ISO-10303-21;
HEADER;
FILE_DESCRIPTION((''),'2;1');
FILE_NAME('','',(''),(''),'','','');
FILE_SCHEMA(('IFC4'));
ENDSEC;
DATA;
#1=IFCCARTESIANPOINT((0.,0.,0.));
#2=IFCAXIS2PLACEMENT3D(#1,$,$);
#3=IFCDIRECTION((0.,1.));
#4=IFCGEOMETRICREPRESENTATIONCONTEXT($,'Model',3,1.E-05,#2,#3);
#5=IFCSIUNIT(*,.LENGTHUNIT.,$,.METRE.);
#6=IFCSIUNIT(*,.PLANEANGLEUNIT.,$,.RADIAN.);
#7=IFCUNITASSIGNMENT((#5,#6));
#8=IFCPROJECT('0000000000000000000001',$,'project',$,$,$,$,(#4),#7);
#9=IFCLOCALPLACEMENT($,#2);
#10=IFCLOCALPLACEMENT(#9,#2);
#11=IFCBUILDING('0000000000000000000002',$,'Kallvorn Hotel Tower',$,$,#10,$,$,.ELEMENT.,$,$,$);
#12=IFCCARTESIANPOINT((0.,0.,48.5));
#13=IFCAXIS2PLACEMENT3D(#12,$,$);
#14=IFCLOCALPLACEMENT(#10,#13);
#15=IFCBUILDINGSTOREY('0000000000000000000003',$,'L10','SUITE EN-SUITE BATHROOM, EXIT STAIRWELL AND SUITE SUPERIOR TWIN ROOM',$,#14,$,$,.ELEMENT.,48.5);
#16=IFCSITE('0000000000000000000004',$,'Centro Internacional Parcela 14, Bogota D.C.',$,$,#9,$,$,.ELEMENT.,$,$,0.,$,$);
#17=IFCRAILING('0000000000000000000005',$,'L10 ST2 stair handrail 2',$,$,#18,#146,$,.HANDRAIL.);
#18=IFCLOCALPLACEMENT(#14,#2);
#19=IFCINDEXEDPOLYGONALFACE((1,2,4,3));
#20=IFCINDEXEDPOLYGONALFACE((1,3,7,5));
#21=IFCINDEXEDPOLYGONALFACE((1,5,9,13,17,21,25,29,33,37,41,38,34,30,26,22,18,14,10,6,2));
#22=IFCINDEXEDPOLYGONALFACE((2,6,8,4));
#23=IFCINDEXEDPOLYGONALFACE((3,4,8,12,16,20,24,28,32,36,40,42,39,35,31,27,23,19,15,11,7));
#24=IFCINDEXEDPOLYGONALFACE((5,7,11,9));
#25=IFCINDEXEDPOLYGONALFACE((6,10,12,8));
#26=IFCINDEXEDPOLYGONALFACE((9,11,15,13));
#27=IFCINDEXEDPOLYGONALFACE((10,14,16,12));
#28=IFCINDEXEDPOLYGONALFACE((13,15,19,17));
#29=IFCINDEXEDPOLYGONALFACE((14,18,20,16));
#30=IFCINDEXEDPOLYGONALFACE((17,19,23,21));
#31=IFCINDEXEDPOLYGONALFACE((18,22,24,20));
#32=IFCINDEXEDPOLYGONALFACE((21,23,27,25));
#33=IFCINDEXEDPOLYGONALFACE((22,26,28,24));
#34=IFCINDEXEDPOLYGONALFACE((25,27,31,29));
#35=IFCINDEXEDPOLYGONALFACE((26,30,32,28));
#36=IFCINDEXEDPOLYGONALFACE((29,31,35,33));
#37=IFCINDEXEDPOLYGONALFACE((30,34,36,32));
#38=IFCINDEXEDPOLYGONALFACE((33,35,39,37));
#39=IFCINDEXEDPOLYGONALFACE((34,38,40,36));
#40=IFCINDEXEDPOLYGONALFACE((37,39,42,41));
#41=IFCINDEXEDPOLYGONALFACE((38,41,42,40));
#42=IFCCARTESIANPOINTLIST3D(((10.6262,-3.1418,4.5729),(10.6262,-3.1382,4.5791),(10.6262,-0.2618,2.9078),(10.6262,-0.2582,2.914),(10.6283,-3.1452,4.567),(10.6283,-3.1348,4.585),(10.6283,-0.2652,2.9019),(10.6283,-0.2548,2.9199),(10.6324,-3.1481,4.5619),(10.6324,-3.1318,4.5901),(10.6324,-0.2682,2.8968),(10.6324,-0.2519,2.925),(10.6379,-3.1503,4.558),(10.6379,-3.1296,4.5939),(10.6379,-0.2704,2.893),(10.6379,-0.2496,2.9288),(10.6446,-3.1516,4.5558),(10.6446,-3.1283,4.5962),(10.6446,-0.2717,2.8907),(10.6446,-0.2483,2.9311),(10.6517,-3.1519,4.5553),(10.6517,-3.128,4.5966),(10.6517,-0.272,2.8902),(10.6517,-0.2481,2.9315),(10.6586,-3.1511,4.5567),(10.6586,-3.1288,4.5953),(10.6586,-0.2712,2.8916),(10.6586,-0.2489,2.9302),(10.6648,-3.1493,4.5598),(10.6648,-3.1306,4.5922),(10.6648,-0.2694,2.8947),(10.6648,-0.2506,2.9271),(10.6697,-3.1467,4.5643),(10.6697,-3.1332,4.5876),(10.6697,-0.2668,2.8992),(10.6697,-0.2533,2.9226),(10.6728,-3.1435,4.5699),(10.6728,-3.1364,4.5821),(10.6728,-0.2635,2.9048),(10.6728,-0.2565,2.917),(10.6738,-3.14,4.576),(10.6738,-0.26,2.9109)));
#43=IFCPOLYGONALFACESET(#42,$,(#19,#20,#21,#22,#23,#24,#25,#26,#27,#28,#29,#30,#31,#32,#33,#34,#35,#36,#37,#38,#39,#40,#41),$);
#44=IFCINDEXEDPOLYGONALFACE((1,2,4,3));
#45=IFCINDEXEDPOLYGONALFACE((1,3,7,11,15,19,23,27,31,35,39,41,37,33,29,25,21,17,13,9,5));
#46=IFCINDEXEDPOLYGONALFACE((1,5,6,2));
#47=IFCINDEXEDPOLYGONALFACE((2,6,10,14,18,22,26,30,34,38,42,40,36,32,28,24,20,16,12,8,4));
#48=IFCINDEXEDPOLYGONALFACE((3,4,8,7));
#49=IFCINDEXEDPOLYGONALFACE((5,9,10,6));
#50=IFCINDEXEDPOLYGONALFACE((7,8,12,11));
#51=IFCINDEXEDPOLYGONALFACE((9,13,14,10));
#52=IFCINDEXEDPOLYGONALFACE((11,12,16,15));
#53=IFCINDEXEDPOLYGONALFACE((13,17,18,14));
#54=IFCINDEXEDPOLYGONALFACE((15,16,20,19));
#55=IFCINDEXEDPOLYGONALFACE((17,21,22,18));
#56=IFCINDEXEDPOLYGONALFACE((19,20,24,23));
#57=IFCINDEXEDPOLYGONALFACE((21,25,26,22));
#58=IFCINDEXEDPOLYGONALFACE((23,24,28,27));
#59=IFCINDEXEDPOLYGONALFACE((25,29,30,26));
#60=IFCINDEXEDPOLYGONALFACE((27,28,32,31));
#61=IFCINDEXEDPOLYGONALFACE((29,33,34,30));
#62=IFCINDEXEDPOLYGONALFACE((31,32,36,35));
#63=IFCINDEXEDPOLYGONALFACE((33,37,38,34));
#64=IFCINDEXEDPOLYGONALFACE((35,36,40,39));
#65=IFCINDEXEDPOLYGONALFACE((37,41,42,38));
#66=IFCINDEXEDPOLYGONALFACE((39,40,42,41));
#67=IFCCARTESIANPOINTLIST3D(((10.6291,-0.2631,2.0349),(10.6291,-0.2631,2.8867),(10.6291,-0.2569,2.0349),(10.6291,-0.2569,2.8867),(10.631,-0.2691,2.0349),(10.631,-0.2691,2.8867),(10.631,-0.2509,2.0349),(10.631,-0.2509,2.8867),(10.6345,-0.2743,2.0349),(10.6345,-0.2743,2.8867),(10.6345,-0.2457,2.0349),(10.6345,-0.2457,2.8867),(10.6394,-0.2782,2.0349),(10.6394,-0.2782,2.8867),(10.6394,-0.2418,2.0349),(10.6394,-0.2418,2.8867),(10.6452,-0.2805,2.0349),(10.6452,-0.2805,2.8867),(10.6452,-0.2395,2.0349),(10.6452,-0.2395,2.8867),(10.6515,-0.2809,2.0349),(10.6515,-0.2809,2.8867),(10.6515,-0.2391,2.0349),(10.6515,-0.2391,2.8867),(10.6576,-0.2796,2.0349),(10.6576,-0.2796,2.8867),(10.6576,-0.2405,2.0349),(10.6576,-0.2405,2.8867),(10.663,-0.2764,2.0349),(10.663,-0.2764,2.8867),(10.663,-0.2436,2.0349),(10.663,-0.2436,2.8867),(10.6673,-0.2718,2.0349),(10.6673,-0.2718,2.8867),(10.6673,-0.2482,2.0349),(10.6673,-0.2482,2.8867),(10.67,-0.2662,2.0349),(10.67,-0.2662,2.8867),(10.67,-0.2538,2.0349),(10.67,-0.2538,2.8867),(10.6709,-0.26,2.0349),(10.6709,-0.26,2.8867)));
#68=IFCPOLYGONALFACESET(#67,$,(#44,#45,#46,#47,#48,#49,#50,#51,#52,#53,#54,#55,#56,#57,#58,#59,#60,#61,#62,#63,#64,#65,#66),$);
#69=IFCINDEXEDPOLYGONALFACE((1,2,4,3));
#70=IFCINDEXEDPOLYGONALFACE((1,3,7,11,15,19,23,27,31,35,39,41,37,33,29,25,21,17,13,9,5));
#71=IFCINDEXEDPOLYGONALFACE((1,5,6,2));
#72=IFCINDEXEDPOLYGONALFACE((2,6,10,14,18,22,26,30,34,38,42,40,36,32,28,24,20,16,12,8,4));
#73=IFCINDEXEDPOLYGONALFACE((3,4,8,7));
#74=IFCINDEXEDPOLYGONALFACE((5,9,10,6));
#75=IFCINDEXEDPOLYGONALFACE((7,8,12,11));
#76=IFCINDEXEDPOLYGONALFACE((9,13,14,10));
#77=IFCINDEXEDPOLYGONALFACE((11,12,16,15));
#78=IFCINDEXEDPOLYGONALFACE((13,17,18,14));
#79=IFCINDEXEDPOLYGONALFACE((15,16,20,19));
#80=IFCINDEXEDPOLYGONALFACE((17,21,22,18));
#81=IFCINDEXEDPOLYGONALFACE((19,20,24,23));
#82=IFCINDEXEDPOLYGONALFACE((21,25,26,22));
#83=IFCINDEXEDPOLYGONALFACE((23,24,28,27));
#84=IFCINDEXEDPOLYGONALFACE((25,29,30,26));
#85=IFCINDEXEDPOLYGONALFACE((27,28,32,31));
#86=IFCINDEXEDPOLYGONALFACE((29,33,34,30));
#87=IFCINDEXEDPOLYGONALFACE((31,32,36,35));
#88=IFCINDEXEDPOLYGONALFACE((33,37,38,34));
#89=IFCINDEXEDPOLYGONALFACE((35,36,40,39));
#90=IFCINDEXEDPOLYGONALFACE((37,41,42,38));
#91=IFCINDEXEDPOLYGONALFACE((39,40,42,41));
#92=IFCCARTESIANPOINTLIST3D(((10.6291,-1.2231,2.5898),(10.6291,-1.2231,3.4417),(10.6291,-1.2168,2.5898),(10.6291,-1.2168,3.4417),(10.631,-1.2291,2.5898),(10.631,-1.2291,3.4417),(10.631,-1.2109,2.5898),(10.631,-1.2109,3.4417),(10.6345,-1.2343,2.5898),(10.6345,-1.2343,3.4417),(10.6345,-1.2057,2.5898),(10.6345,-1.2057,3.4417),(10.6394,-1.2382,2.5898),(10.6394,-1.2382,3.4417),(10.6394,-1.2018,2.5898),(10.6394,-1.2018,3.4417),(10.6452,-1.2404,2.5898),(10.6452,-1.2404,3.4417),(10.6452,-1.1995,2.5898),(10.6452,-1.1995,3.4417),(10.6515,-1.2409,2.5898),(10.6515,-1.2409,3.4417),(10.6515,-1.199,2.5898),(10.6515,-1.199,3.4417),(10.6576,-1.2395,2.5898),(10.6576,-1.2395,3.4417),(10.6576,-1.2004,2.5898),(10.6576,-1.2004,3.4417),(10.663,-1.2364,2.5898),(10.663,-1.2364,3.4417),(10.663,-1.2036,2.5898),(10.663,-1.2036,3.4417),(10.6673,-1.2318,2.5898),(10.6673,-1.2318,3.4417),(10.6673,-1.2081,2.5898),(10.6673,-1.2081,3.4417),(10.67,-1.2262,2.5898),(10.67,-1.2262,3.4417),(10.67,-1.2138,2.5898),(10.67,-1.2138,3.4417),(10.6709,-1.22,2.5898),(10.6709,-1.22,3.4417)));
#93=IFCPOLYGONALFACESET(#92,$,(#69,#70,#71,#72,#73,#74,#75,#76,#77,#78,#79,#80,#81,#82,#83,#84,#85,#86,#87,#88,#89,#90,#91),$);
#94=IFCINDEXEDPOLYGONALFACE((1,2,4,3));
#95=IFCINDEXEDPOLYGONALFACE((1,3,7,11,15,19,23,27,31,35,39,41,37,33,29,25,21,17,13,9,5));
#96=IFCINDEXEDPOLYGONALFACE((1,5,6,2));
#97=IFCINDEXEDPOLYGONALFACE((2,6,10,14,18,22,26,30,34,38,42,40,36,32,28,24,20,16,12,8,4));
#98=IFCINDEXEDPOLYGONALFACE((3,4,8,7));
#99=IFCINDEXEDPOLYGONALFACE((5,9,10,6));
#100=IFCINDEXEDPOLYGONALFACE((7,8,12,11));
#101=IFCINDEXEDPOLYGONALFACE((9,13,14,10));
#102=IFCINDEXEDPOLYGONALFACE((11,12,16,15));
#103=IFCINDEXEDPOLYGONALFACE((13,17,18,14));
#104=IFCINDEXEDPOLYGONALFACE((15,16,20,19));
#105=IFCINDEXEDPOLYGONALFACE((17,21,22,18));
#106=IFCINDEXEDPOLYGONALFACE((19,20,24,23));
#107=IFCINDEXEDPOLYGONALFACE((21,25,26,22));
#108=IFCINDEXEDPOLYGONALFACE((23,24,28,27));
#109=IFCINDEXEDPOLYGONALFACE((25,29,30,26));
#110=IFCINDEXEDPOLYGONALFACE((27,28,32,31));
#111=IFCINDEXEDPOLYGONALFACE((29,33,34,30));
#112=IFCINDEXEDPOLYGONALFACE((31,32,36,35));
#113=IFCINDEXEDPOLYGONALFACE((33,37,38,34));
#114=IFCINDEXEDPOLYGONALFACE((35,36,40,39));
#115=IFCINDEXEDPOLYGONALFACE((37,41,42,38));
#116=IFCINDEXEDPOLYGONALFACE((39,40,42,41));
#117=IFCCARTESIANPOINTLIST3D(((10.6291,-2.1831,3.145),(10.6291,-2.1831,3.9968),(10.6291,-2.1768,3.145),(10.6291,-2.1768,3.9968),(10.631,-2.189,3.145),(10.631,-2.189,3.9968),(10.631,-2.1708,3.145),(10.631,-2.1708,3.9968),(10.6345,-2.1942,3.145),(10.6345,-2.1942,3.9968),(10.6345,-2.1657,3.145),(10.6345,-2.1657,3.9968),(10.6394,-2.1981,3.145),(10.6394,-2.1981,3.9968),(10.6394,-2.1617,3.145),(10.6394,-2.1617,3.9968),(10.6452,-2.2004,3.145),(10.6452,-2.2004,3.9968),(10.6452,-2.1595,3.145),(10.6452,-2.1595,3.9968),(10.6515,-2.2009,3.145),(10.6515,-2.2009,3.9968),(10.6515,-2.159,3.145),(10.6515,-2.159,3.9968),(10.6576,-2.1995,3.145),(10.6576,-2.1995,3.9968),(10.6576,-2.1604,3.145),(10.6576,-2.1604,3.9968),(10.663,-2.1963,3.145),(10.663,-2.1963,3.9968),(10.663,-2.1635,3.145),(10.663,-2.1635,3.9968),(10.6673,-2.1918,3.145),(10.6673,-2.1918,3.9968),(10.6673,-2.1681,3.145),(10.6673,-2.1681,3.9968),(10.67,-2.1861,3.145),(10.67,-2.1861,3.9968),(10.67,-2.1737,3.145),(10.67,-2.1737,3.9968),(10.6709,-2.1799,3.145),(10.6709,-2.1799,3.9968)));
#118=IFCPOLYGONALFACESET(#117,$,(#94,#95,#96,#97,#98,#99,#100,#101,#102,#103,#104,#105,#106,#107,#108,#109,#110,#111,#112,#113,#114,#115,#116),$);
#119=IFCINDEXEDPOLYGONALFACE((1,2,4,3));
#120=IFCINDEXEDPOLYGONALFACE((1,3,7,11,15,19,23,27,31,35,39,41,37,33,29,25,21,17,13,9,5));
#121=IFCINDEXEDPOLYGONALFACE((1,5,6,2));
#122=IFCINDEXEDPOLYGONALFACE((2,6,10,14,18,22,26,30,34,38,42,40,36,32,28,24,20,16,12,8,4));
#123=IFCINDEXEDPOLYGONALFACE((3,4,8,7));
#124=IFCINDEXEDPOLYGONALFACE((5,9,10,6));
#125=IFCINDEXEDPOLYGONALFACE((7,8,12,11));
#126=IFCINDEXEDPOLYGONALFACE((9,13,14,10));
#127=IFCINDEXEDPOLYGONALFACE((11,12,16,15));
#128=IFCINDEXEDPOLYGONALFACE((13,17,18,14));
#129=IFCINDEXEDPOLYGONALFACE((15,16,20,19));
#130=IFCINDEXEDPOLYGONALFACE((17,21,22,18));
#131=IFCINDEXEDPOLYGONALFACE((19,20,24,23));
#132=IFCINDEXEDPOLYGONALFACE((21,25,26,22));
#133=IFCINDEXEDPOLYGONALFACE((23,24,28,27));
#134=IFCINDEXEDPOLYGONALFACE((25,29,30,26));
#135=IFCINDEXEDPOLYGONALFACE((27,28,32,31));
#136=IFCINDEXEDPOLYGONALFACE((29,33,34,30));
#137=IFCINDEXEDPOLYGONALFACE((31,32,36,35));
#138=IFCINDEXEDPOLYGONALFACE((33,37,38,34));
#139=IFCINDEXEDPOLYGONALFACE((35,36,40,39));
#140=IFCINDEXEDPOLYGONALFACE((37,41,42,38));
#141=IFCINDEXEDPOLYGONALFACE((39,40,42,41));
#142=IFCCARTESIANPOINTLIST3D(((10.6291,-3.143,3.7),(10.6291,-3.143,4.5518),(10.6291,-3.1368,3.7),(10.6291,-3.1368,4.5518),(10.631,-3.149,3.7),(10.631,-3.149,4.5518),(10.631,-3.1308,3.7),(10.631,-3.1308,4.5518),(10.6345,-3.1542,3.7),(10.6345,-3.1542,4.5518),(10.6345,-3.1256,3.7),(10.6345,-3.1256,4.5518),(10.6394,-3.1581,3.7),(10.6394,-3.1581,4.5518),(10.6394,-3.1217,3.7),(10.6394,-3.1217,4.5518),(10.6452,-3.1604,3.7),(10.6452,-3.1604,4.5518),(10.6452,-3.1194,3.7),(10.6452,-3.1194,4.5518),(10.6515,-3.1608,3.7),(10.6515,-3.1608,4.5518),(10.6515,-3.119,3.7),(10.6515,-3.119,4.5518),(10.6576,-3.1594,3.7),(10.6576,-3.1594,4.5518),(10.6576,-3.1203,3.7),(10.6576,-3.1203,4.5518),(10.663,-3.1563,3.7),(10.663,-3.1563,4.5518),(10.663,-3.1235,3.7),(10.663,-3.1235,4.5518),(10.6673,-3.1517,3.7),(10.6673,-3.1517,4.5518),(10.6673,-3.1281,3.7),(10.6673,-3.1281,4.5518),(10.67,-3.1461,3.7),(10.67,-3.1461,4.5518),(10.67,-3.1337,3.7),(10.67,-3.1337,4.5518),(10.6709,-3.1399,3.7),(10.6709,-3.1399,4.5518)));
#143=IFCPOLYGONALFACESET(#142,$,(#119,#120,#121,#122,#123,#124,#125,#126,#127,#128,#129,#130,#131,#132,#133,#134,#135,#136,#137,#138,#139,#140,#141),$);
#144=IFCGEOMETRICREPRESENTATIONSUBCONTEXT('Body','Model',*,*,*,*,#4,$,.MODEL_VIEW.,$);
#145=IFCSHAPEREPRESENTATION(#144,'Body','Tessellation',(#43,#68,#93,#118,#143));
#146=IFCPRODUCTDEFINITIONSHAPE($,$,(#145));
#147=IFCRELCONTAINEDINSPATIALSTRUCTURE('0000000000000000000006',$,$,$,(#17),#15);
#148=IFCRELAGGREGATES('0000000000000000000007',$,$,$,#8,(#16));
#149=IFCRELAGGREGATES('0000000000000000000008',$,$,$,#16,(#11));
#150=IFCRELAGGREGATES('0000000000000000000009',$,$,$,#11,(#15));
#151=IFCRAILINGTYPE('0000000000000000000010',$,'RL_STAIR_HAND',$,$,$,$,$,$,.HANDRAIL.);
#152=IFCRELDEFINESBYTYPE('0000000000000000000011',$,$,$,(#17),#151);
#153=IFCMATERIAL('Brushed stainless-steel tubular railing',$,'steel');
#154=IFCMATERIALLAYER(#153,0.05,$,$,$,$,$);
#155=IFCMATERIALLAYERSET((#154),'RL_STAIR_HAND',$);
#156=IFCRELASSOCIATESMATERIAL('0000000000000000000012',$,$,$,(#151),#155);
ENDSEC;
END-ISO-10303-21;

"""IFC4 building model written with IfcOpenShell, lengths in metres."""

from ifc_helpers import new_model, si_unit, direction, frame, origin, origin_2d, place, context, subcontext, project, spatial, circle, extrude, material, layer, layer_set, type_object, element, save


model = new_model("IFC4")

# Units and contexts
model_context = context("Model", 3, precision=1e-05, world=origin(), true_north=direction((0.0, 1.0)))
body_context = subcontext(model_context, "Body", "Model", "MODEL_VIEW")
ifc_project = project(units=[si_unit("LENGTHUNIT", "METRE"), si_unit("PLANEANGLEUNIT", "RADIAN")], contexts=[model_context])

# Site, building, storey
site_placement = place(None, origin())
site = spatial("IfcSite", under=ifc_project, at=site_placement, Name="Centro Internacional Parcela 14, Bogota D.C.", CompositionType="ELEMENT", RefElevation=0.0)
building_placement = place(site_placement, origin())
building = spatial("IfcBuilding", under=site, at=building_placement, Name="Kallvorn Hotel Tower", CompositionType="ELEMENT")
storey_placement = place(building_placement, frame((0.0, 0.0, 48.5)))
storey = spatial("IfcBuildingStorey", under=building, at=storey_placement, Name="L10", Description="SUITE EN-SUITE BATHROOM, EXIT STAIRWELL AND SUITE SUPERIOR TWIN ROOM", CompositionType="ELEMENT", Elevation=48.5)

# Railing
ifc_material_1 = material(Name="Brushed stainless-steel tubular railing", Category="steel")
ifc_layer_1 = layer(ifc_material_1, 0.05)
ifc_layer_set_1 = layer_set([ifc_layer_1], Name="RL_STAIR_HAND")
railing_type_1 = type_object("IfcRailingType", Name="RL_STAIR_HAND", PredefinedType="HANDRAIL", material=ifc_layer_set_1)
railing_1_placement = place(storey_placement, frame((10.6499, -0.26, 2.0349)))
element("IfcRailing", 1, at=railing_1_placement, inside=storey, type_object=railing_type_1, Name="L10 ST2 stair handrail 2", PredefinedType="HANDRAIL", context=body_context, shape_type="SweptSolid", body=[
    extrude(circle(Radius=0.0239, at=origin_2d()), frame((0.0, 0.0, 0.876), z_axis=(0.0, -0.865721, 0.500527), x_axis=(1.0, 0.0, 0.0)), (0.0, 0.0, 1.0), 3.3267),
    extrude(circle(Radius=0.021, at=origin_2d()), origin(), (0.0, 0.0, 1.0), 0.8518),
    extrude(circle(Radius=0.021, at=origin_2d()), frame((0.0, -0.96, 0.5549)), (0.0, 0.0, 1.0), 0.8518),
    extrude(circle(Radius=0.021, at=origin_2d()), frame((0.0, -1.9199, 1.1101)), (0.0, 0.0, 1.0), 0.8518),
    extrude(circle(Radius=0.021, at=origin_2d()), frame((0.0, -2.8799, 1.665)), (0.0, 0.0, 1.0), 0.8518),
])

save(model, "model.ifc")
